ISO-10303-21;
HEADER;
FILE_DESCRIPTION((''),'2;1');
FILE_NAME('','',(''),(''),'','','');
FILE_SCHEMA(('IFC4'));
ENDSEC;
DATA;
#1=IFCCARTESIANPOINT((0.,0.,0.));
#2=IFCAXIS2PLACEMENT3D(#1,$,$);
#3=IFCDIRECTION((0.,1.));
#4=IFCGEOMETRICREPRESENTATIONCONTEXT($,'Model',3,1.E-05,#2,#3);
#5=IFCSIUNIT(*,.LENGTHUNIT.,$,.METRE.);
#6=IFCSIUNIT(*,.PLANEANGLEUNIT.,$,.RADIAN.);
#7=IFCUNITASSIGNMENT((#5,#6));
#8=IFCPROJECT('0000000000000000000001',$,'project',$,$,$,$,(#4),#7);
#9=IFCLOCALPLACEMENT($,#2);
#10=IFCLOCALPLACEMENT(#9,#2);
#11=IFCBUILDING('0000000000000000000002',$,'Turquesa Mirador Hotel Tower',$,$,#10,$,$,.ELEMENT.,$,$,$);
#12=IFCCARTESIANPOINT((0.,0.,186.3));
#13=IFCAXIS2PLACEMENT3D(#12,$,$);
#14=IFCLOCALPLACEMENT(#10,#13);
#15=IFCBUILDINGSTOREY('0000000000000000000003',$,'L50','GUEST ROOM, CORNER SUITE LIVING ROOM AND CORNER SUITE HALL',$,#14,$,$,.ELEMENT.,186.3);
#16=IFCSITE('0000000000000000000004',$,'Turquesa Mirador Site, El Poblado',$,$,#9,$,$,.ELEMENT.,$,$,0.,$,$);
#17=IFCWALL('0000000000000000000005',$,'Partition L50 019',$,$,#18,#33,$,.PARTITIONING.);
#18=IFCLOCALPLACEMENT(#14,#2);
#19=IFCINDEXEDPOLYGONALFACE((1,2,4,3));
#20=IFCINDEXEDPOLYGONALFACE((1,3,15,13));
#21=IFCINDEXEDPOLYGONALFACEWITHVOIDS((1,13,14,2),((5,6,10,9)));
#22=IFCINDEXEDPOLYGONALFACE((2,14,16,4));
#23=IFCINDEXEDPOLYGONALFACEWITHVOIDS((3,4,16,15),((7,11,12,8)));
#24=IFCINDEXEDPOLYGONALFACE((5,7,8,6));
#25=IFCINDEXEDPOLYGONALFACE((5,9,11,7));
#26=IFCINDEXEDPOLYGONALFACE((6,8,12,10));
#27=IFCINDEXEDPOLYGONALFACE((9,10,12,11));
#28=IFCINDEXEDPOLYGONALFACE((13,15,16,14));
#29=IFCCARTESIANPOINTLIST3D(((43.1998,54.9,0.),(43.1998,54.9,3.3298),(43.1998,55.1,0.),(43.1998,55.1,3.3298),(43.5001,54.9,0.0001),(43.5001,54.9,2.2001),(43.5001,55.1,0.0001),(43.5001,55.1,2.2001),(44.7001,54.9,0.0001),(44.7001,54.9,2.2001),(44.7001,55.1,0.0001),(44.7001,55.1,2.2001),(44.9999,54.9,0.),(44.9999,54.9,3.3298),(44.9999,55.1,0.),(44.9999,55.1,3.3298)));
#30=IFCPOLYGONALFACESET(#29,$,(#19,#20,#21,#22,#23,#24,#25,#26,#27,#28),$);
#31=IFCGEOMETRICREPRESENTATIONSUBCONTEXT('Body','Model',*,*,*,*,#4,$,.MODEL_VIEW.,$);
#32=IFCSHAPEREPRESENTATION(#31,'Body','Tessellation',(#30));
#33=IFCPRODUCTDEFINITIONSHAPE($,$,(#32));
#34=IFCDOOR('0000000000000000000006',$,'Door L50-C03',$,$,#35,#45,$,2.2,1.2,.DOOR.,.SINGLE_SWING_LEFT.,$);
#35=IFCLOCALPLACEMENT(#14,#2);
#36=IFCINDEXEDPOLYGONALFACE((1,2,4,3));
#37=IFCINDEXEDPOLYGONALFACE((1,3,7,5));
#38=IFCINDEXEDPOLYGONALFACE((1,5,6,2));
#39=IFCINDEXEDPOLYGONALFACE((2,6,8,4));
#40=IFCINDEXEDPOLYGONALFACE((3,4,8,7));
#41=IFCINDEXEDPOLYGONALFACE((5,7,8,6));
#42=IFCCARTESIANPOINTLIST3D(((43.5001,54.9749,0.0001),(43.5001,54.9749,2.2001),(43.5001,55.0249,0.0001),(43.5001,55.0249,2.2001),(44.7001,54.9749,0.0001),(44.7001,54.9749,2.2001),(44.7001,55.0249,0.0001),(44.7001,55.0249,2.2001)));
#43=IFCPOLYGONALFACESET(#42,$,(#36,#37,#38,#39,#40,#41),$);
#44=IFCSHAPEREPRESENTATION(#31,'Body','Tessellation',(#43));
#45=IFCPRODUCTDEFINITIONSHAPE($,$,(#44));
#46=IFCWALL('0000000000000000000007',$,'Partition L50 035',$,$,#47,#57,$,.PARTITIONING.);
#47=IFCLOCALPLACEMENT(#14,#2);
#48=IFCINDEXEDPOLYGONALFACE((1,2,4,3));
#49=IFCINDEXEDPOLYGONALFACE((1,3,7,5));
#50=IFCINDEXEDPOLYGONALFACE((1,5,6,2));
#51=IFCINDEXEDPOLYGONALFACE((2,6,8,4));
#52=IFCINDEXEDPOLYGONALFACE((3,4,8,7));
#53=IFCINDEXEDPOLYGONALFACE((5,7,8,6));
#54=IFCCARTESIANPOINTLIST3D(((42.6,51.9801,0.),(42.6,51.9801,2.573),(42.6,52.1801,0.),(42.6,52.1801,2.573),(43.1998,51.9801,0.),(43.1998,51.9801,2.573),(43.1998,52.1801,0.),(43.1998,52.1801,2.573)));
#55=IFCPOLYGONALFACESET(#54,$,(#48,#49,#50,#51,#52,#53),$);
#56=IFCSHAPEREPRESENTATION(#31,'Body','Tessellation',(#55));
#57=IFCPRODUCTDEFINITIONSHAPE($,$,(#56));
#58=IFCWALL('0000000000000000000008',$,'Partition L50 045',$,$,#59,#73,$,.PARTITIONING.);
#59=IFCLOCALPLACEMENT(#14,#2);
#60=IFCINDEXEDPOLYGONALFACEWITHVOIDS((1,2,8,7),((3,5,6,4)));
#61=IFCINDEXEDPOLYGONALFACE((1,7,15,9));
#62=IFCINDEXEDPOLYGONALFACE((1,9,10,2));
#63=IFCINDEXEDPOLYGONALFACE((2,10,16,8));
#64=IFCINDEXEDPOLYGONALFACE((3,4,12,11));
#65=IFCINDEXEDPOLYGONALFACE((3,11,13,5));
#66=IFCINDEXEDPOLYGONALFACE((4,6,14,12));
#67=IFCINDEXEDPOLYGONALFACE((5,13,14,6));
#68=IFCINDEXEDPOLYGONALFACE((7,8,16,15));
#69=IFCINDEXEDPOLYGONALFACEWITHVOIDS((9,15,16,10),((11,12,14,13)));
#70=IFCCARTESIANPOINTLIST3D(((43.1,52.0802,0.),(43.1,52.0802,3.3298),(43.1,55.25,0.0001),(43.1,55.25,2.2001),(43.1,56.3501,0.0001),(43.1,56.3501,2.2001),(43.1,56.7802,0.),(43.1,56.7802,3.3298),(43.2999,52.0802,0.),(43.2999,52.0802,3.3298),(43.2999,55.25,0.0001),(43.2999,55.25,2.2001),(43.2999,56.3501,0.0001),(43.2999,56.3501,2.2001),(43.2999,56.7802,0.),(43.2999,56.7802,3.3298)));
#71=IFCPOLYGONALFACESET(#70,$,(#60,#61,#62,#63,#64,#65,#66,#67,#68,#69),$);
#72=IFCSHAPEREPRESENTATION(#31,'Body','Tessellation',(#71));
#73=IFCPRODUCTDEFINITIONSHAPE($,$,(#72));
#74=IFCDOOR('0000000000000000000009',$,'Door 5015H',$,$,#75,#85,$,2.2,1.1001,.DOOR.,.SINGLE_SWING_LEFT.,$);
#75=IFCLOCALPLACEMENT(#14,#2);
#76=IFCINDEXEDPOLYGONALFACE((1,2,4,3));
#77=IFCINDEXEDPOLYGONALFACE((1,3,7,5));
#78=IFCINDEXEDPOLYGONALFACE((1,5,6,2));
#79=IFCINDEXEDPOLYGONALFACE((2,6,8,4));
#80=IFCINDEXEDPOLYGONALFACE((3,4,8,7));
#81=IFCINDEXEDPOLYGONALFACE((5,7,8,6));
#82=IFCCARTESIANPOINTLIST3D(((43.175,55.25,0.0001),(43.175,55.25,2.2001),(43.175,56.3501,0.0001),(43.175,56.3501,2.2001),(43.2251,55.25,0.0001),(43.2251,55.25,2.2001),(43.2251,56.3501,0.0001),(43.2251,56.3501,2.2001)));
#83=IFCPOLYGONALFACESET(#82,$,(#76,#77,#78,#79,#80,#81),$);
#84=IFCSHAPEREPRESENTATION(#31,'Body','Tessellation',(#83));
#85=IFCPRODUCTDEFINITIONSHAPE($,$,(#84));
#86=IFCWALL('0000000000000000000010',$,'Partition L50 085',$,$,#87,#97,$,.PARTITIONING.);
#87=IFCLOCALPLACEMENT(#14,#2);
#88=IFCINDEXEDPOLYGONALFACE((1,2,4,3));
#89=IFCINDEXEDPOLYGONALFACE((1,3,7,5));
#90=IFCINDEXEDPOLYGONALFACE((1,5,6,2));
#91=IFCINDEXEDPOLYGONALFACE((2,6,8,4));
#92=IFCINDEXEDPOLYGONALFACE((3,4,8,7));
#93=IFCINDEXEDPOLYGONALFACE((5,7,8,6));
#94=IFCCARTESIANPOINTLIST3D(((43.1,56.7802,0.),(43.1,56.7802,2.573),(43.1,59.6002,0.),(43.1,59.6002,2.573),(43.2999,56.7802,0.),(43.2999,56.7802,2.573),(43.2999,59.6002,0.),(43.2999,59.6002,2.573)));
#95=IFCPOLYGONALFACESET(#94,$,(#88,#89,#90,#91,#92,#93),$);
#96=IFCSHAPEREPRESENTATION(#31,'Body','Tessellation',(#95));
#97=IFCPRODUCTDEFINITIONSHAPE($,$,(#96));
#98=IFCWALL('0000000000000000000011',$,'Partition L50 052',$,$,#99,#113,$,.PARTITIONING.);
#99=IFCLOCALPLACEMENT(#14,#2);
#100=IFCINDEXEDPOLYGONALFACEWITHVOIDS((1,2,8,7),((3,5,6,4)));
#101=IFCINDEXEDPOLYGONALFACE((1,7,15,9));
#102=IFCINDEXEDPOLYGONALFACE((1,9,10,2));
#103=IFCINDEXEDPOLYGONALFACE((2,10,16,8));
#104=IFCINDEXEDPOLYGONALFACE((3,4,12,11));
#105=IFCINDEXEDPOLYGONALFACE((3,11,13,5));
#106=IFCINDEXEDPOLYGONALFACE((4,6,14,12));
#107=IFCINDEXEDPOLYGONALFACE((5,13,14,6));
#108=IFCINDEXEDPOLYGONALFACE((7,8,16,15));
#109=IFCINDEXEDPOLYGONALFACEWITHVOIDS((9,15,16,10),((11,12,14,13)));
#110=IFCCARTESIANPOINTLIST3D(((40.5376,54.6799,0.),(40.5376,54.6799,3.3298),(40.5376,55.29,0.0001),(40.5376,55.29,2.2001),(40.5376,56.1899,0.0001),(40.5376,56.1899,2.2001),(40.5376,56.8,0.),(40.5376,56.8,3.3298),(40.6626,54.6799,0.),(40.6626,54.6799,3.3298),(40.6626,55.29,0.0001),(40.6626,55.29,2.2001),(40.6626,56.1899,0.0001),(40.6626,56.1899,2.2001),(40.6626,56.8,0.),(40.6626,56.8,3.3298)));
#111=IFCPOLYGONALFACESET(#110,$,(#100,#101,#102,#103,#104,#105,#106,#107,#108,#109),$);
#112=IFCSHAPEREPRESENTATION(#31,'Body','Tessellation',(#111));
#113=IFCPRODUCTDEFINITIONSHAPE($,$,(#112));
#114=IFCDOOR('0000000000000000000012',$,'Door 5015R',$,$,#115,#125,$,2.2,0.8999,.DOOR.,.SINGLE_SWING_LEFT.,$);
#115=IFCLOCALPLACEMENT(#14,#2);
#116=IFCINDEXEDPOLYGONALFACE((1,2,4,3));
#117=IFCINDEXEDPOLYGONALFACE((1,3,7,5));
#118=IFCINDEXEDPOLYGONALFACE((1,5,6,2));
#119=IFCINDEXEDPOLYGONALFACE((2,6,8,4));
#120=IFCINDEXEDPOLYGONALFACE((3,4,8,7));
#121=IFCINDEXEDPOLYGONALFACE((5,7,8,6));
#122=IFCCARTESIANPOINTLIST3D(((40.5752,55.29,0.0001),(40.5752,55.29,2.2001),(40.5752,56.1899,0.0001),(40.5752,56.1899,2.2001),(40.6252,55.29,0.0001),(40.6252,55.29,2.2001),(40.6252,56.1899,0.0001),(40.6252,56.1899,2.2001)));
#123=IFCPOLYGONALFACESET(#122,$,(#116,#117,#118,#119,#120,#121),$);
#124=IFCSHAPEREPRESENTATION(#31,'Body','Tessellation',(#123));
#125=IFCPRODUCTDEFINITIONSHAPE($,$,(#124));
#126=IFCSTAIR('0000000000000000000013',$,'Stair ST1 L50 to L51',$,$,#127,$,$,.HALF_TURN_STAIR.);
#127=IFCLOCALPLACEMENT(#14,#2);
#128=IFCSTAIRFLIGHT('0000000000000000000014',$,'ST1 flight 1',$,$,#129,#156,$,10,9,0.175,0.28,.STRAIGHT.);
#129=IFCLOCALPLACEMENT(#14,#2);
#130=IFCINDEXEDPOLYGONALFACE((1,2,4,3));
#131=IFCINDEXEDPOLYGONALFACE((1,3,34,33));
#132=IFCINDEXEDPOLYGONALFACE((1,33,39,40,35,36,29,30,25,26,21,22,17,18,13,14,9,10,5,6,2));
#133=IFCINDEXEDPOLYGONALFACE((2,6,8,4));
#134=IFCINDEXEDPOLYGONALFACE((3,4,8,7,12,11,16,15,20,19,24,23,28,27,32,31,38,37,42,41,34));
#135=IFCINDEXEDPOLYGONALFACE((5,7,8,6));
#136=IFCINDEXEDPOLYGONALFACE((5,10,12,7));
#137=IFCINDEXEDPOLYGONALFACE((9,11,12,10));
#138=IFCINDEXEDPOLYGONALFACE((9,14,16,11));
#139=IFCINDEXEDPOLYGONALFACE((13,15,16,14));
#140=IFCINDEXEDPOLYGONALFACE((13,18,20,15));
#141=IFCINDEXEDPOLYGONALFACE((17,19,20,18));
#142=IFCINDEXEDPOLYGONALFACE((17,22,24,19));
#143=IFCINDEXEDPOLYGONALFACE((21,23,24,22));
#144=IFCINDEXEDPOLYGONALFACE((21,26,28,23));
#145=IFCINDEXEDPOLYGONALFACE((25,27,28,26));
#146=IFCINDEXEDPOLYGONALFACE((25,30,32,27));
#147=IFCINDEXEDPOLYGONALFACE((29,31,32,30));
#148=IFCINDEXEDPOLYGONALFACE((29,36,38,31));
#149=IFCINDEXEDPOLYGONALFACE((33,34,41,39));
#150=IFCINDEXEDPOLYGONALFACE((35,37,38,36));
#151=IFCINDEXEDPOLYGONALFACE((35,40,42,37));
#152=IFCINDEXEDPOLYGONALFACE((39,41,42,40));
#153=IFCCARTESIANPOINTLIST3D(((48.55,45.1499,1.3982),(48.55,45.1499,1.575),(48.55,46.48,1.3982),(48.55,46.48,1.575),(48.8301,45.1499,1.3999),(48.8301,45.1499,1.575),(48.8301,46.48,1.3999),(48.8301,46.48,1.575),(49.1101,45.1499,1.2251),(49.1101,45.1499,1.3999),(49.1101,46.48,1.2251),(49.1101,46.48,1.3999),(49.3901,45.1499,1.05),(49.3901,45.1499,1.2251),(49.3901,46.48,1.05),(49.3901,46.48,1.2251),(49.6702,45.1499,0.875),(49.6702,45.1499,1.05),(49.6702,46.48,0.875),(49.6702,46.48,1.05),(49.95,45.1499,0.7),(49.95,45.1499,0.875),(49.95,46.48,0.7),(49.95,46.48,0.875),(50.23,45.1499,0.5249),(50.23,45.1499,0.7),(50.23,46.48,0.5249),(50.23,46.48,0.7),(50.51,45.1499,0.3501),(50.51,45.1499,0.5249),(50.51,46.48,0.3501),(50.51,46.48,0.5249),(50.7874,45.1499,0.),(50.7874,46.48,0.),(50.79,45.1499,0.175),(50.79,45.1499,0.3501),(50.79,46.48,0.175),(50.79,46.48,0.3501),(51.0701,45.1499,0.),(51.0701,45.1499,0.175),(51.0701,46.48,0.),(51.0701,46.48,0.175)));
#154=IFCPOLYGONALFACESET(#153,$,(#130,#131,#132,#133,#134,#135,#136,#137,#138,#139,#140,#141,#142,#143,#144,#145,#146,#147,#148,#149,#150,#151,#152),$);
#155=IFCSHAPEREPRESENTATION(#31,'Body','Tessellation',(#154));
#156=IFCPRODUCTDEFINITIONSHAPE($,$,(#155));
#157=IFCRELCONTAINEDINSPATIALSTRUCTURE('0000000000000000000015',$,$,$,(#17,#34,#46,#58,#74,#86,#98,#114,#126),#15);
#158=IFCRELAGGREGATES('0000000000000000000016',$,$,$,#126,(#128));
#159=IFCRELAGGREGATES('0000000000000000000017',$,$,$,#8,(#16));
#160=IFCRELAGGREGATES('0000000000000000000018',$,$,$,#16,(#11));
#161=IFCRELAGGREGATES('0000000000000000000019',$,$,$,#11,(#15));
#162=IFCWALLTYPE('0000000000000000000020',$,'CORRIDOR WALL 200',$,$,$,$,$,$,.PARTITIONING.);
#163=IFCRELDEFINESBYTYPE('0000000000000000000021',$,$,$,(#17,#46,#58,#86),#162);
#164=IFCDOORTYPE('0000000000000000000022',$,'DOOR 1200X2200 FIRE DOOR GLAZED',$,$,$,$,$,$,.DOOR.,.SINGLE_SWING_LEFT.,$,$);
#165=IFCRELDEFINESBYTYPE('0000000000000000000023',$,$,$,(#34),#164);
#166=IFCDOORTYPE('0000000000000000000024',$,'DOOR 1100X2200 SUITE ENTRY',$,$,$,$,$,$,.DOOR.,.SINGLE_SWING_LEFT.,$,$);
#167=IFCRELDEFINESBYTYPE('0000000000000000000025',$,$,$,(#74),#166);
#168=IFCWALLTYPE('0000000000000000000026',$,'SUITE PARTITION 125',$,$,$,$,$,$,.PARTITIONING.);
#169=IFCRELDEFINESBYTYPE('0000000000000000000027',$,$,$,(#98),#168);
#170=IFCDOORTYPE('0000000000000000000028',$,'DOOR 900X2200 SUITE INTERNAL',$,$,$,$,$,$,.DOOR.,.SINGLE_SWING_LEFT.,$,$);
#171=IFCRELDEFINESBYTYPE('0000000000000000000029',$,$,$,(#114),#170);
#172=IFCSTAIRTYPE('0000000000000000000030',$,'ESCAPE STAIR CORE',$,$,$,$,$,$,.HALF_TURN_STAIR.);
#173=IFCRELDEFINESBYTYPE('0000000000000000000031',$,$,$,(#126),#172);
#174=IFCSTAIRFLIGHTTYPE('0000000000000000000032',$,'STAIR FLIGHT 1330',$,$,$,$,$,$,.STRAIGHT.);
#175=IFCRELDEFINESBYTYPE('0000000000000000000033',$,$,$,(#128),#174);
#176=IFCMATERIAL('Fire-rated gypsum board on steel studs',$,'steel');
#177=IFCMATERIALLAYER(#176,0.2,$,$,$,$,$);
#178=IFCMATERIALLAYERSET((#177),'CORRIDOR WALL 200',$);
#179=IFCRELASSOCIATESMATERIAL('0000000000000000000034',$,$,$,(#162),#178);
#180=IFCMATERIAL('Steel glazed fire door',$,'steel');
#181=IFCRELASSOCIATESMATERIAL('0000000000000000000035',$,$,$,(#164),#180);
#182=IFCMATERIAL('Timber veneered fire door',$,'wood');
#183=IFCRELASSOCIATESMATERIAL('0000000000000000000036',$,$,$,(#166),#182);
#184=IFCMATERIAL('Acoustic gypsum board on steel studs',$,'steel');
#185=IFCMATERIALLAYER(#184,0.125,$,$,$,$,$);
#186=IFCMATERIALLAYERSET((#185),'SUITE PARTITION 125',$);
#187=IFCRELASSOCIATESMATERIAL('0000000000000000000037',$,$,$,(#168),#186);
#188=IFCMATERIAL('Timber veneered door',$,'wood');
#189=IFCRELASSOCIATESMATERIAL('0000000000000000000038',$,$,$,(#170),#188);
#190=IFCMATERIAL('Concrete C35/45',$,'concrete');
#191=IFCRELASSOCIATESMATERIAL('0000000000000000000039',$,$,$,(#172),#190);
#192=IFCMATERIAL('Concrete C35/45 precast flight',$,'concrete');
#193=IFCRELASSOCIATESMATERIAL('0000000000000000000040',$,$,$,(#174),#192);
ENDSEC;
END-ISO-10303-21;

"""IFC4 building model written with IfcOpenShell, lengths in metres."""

from ifc_helpers import new_model, si_unit, direction, frame, frame_2d, origin, place, context, subcontext, project, spatial, polyline, rectangle, outline, extrude, material, layer, layer_set, type_object, element, fill, aggregate, save


model = new_model("IFC4")

# Units and contexts
model_context = context("Model", 3, precision=1e-05, world=origin(), true_north=direction((0.0, 1.0)))
body_context = subcontext(model_context, "Body", "Model", "MODEL_VIEW")
ifc_project = project(units=[si_unit("LENGTHUNIT", "METRE"), si_unit("PLANEANGLEUNIT", "RADIAN")], contexts=[model_context])

# Site, building, storey
site_placement = place(None, origin())
site = spatial("IfcSite", under=ifc_project, at=site_placement, Name="Turquesa Mirador Site, El Poblado", CompositionType="ELEMENT", RefElevation=0.0)
building_placement = place(site_placement, origin())
building = spatial("IfcBuilding", under=site, at=building_placement, Name="Turquesa Mirador Hotel Tower", CompositionType="ELEMENT")
storey_placement = place(building_placement, frame((0.0, 0.0, 186.3)))
storey = spatial("IfcBuildingStorey", under=building, at=storey_placement, Name="L50", Description="GUEST ROOM, CORNER SUITE LIVING ROOM AND CORNER SUITE HALL", CompositionType="ELEMENT", Elevation=186.3)

# Wall, opening, door
ifc_material_1 = material(Name="Fire-rated gypsum board on steel studs", Category="steel")
ifc_layer_1 = layer(ifc_material_1, 0.2)
ifc_layer_set_1 = layer_set([ifc_layer_1], Name="CORRIDOR WALL 200")
wall_type_1 = type_object("IfcWallType", Name="CORRIDOR WALL 200", PredefinedType="PARTITIONING", material=ifc_layer_set_1)
wall_1_placement = place(storey_placement, frame((43.2, 55.0, 0.0), z_axis=(0.0, 0.0, 1.0), x_axis=(1.0, 0.0, 0.0)))
wall_1 = element("IfcWall", 1, at=wall_1_placement, inside=storey, type_object=wall_type_1, Name="Partition L50 019", PredefinedType="PARTITIONING", context=body_context, shape_type="SweptSolid", body=[
    extrude(rectangle(XDim=1.8, YDim=0.2, at=frame_2d((0.8999, 0.0))), origin(), (0.0, 0.0, 1.0), 3.3298),
])
opening_1_placement = place(wall_1_placement, frame((0.3, 0.0, 0.0)))
opening_1 = element("IfcOpeningElement", 2, at=opening_1_placement, cuts=wall_1, PredefinedType="OPENING", context=body_context, shape_type="SweptSolid", body=[
    extrude(rectangle(XDim=1.2, YDim=2.2, at=frame_2d((0.6001, 1.1001))), frame((0.0, 0.1099, 0.0), z_axis=(0.0, -1.0, 0.0), x_axis=(1.0, 0.0, 0.0)), (0.0, 0.0, 1.0), 0.22),
])
ifc_material_2 = material(Name="Steel glazed fire door", Category="steel")
door_type_1 = type_object("IfcDoorType", Name="DOOR 1200X2200 FIRE DOOR GLAZED", OperationType="SINGLE_SWING_LEFT", PredefinedType="DOOR", material=ifc_material_2)
door_1_placement = place(opening_1_placement, origin())
door_1 = element("IfcDoor", 3, at=door_1_placement, inside=storey, type_object=door_type_1, Name="Door L50-C03", OperationType="SINGLE_SWING_LEFT", OverallHeight=2.2, OverallWidth=1.2, PredefinedType="DOOR", context=body_context, shape_type="SweptSolid", body=[
    extrude(rectangle(XDim=1.2, YDim=2.2, at=frame_2d((0.6001, 1.1001))), frame((0.0, 0.0249, 0.0), z_axis=(0.0, -1.0, 0.0), x_axis=(1.0, 0.0, 0.0)), (0.0, 0.0, 1.0), 0.05),
])
fill(opening_1, door_1)

# Wall
wall_2_placement = place(storey_placement, frame((42.6001, 52.0801, 0.0), z_axis=(0.0, 0.0, 1.0), x_axis=(1.0, 0.0, 0.0)))
element("IfcWall", 4, at=wall_2_placement, inside=storey, type_object=wall_type_1, Name="Partition L50 035", PredefinedType="PARTITIONING", context=body_context, shape_type="SweptSolid", body=[
    extrude(rectangle(XDim=0.5999, YDim=0.2, at=frame_2d((0.2998, 0.0))), origin(), (0.0, 0.0, 1.0), 2.573),
])

# Wall, opening, door
wall_3_placement = place(storey_placement, frame((43.2, 52.0801, 0.0), z_axis=(0.0, 0.0, 1.0), x_axis=(0.0, 1.0, 0.0)))
wall_3 = element("IfcWall", 5, at=wall_3_placement, inside=storey, type_object=wall_type_1, Name="Partition L50 045", PredefinedType="PARTITIONING", context=body_context, shape_type="SweptSolid", body=[
    extrude(rectangle(XDim=4.7, YDim=0.2, at=frame_2d((2.3501, 0.0))), origin(), (0.0, 0.0, 1.0), 3.3298),
])
opening_2_placement = place(wall_3_placement, frame((3.1699, 0.0, 0.0)))
opening_2 = element("IfcOpeningElement", 6, at=opening_2_placement, cuts=wall_3, PredefinedType="OPENING", context=body_context, shape_type="SweptSolid", body=[
    extrude(rectangle(XDim=1.1001, YDim=2.2, at=frame_2d((0.55, 1.1001))), frame((0.0, 0.1099, 0.0), z_axis=(0.0, -1.0, 0.0), x_axis=(1.0, 0.0, 0.0)), (0.0, 0.0, 1.0), 0.22),
])
ifc_material_3 = material(Name="Timber veneered fire door", Category="wood")
door_type_2 = type_object("IfcDoorType", Name="DOOR 1100X2200 SUITE ENTRY", OperationType="SINGLE_SWING_LEFT", PredefinedType="DOOR", material=ifc_material_3)
door_2_placement = place(opening_2_placement, origin())
door_2 = element("IfcDoor", 7, at=door_2_placement, inside=storey, type_object=door_type_2, Name="Door 5015H", OperationType="SINGLE_SWING_LEFT", OverallHeight=2.2, OverallWidth=1.1001, PredefinedType="DOOR", context=body_context, shape_type="SweptSolid", body=[
    extrude(rectangle(XDim=1.1001, YDim=2.2, at=frame_2d((0.55, 1.1001))), frame((0.0, 0.0249, 0.0), z_axis=(0.0, -1.0, 0.0), x_axis=(1.0, 0.0, 0.0)), (0.0, 0.0, 1.0), 0.05),
])
fill(opening_2, door_2)

# Wall
wall_4_placement = place(storey_placement, frame((43.2, 56.78, 0.0), z_axis=(0.0, 0.0, 1.0), x_axis=(0.0, 1.0, 0.0)))
element("IfcWall", 8, at=wall_4_placement, inside=storey, type_object=wall_type_1, Name="Partition L50 085", PredefinedType="PARTITIONING", context=body_context, shape_type="SweptSolid", body=[
    extrude(rectangle(XDim=2.8201, YDim=0.2, at=frame_2d((1.4102, 0.0))), origin(), (0.0, 0.0, 1.0), 2.573),
])

# Wall, opening, door
ifc_material_4 = material(Name="Acoustic gypsum board on steel studs", Category="steel")
ifc_layer_2 = layer(ifc_material_4, 0.125)
ifc_layer_set_2 = layer_set([ifc_layer_2], Name="SUITE PARTITION 125")
wall_type_2 = type_object("IfcWallType", Name="SUITE PARTITION 125", PredefinedType="PARTITIONING", material=ifc_layer_set_2)
wall_5_placement = place(storey_placement, frame((40.6001, 54.6799, 0.0), z_axis=(0.0, 0.0, 1.0), x_axis=(0.0, 1.0, 0.0)))
wall_5 = element("IfcWall", 9, at=wall_5_placement, inside=storey, type_object=wall_type_2, Name="Partition L50 052", PredefinedType="PARTITIONING", context=body_context, shape_type="SweptSolid", body=[
    extrude(rectangle(XDim=2.1201, YDim=0.125, at=frame_2d((1.0601, 0.0))), origin(), (0.0, 0.0, 1.0), 3.3298),
])
opening_3_placement = place(wall_5_placement, frame((0.6101, 0.0, 0.0)))
opening_3 = element("IfcOpeningElement", 10, at=opening_3_placement, cuts=wall_5, PredefinedType="OPENING", context=body_context, shape_type="SweptSolid", body=[
    extrude(rectangle(XDim=0.8999, YDim=2.2, at=frame_2d((0.45, 1.1001))), frame((0.0, 0.0725, 0.0), z_axis=(0.0, -1.0, 0.0), x_axis=(1.0, 0.0, 0.0)), (0.0, 0.0, 1.0), 0.145),
])
ifc_material_5 = material(Name="Timber veneered door", Category="wood")
door_type_3 = type_object("IfcDoorType", Name="DOOR 900X2200 SUITE INTERNAL", OperationType="SINGLE_SWING_LEFT", PredefinedType="DOOR", material=ifc_material_5)
door_3_placement = place(opening_3_placement, origin())
door_3 = element("IfcDoor", 11, at=door_3_placement, inside=storey, type_object=door_type_3, Name="Door 5015R", OperationType="SINGLE_SWING_LEFT", OverallHeight=2.2, OverallWidth=0.8999, PredefinedType="DOOR", context=body_context, shape_type="SweptSolid", body=[
    extrude(rectangle(XDim=0.8999, YDim=2.2, at=frame_2d((0.45, 1.1001))), frame((0.0, 0.0249, 0.0), z_axis=(0.0, -1.0, 0.0), x_axis=(1.0, 0.0, 0.0)), (0.0, 0.0, 1.0), 0.05),
])
fill(opening_3, door_3)

# Stair, stair flight
ifc_material_6 = material(Name="Concrete C35/45", Category="concrete")
stair_type = type_object("IfcStairType", Name="ESCAPE STAIR CORE", PredefinedType="HALF_TURN_STAIR", material=ifc_material_6)
stair_1_placement = place(storey_placement, origin())
stair_1 = element("IfcStair", 12, at=stair_1_placement, inside=storey, type_object=stair_type, Name="Stair ST1 L50 to L51", PredefinedType="HALF_TURN_STAIR")
ifc_material_7 = material(Name="Concrete C35/45 precast flight", Category="concrete")
stair_flight_type = type_object("IfcStairFlightType", Name="STAIR FLIGHT 1330", PredefinedType="STRAIGHT", material=ifc_material_7)
stair_flight_1_placement = place(storey_placement, frame((51.0701, 45.8149, 0.0), z_axis=(0.0, 0.0, 1.0), x_axis=(-1.0, 0.0, 0.0)))
stair_flight_1 = element("IfcStairFlight", 13, at=stair_flight_1_placement, type_object=stair_flight_type, Name="ST1 flight 1", NumberOfRisers=10, NumberOfTreads=9, PredefinedType="STRAIGHT", RiserHeight=0.175, TreadLength=0.28, context=body_context, shape_type="SweptSolid", body=[
    extrude(outline(polyline([(0.0, 0.0), (0.0, 0.175), (0.28, 0.175), (0.28, 0.3501), (0.5601, 0.3501), (0.5601, 0.5249), (0.8401, 0.5249), (0.8401, 0.7), (1.1201, 0.7), (1.1201, 0.875), (1.3999, 0.875), (1.3999, 1.05), (1.6799, 1.05), (1.6799, 1.2251), (1.96, 1.2251), (1.96, 1.3999), (2.24, 1.3999), (2.24, 1.575), (2.52, 1.575), (2.52, 1.75), (2.52, 1.3982), (0.2827, 0.0), (0.0, 0.0)])), frame((0.0, 0.665, 0.0), z_axis=(0.0, -1.0, 0.0), x_axis=(1.0, 0.0, 0.0)), (0.0, 0.0, 1.0), 1.3301),
])
aggregate(stair_1, [stair_flight_1])

save(model, "model.ifc")
